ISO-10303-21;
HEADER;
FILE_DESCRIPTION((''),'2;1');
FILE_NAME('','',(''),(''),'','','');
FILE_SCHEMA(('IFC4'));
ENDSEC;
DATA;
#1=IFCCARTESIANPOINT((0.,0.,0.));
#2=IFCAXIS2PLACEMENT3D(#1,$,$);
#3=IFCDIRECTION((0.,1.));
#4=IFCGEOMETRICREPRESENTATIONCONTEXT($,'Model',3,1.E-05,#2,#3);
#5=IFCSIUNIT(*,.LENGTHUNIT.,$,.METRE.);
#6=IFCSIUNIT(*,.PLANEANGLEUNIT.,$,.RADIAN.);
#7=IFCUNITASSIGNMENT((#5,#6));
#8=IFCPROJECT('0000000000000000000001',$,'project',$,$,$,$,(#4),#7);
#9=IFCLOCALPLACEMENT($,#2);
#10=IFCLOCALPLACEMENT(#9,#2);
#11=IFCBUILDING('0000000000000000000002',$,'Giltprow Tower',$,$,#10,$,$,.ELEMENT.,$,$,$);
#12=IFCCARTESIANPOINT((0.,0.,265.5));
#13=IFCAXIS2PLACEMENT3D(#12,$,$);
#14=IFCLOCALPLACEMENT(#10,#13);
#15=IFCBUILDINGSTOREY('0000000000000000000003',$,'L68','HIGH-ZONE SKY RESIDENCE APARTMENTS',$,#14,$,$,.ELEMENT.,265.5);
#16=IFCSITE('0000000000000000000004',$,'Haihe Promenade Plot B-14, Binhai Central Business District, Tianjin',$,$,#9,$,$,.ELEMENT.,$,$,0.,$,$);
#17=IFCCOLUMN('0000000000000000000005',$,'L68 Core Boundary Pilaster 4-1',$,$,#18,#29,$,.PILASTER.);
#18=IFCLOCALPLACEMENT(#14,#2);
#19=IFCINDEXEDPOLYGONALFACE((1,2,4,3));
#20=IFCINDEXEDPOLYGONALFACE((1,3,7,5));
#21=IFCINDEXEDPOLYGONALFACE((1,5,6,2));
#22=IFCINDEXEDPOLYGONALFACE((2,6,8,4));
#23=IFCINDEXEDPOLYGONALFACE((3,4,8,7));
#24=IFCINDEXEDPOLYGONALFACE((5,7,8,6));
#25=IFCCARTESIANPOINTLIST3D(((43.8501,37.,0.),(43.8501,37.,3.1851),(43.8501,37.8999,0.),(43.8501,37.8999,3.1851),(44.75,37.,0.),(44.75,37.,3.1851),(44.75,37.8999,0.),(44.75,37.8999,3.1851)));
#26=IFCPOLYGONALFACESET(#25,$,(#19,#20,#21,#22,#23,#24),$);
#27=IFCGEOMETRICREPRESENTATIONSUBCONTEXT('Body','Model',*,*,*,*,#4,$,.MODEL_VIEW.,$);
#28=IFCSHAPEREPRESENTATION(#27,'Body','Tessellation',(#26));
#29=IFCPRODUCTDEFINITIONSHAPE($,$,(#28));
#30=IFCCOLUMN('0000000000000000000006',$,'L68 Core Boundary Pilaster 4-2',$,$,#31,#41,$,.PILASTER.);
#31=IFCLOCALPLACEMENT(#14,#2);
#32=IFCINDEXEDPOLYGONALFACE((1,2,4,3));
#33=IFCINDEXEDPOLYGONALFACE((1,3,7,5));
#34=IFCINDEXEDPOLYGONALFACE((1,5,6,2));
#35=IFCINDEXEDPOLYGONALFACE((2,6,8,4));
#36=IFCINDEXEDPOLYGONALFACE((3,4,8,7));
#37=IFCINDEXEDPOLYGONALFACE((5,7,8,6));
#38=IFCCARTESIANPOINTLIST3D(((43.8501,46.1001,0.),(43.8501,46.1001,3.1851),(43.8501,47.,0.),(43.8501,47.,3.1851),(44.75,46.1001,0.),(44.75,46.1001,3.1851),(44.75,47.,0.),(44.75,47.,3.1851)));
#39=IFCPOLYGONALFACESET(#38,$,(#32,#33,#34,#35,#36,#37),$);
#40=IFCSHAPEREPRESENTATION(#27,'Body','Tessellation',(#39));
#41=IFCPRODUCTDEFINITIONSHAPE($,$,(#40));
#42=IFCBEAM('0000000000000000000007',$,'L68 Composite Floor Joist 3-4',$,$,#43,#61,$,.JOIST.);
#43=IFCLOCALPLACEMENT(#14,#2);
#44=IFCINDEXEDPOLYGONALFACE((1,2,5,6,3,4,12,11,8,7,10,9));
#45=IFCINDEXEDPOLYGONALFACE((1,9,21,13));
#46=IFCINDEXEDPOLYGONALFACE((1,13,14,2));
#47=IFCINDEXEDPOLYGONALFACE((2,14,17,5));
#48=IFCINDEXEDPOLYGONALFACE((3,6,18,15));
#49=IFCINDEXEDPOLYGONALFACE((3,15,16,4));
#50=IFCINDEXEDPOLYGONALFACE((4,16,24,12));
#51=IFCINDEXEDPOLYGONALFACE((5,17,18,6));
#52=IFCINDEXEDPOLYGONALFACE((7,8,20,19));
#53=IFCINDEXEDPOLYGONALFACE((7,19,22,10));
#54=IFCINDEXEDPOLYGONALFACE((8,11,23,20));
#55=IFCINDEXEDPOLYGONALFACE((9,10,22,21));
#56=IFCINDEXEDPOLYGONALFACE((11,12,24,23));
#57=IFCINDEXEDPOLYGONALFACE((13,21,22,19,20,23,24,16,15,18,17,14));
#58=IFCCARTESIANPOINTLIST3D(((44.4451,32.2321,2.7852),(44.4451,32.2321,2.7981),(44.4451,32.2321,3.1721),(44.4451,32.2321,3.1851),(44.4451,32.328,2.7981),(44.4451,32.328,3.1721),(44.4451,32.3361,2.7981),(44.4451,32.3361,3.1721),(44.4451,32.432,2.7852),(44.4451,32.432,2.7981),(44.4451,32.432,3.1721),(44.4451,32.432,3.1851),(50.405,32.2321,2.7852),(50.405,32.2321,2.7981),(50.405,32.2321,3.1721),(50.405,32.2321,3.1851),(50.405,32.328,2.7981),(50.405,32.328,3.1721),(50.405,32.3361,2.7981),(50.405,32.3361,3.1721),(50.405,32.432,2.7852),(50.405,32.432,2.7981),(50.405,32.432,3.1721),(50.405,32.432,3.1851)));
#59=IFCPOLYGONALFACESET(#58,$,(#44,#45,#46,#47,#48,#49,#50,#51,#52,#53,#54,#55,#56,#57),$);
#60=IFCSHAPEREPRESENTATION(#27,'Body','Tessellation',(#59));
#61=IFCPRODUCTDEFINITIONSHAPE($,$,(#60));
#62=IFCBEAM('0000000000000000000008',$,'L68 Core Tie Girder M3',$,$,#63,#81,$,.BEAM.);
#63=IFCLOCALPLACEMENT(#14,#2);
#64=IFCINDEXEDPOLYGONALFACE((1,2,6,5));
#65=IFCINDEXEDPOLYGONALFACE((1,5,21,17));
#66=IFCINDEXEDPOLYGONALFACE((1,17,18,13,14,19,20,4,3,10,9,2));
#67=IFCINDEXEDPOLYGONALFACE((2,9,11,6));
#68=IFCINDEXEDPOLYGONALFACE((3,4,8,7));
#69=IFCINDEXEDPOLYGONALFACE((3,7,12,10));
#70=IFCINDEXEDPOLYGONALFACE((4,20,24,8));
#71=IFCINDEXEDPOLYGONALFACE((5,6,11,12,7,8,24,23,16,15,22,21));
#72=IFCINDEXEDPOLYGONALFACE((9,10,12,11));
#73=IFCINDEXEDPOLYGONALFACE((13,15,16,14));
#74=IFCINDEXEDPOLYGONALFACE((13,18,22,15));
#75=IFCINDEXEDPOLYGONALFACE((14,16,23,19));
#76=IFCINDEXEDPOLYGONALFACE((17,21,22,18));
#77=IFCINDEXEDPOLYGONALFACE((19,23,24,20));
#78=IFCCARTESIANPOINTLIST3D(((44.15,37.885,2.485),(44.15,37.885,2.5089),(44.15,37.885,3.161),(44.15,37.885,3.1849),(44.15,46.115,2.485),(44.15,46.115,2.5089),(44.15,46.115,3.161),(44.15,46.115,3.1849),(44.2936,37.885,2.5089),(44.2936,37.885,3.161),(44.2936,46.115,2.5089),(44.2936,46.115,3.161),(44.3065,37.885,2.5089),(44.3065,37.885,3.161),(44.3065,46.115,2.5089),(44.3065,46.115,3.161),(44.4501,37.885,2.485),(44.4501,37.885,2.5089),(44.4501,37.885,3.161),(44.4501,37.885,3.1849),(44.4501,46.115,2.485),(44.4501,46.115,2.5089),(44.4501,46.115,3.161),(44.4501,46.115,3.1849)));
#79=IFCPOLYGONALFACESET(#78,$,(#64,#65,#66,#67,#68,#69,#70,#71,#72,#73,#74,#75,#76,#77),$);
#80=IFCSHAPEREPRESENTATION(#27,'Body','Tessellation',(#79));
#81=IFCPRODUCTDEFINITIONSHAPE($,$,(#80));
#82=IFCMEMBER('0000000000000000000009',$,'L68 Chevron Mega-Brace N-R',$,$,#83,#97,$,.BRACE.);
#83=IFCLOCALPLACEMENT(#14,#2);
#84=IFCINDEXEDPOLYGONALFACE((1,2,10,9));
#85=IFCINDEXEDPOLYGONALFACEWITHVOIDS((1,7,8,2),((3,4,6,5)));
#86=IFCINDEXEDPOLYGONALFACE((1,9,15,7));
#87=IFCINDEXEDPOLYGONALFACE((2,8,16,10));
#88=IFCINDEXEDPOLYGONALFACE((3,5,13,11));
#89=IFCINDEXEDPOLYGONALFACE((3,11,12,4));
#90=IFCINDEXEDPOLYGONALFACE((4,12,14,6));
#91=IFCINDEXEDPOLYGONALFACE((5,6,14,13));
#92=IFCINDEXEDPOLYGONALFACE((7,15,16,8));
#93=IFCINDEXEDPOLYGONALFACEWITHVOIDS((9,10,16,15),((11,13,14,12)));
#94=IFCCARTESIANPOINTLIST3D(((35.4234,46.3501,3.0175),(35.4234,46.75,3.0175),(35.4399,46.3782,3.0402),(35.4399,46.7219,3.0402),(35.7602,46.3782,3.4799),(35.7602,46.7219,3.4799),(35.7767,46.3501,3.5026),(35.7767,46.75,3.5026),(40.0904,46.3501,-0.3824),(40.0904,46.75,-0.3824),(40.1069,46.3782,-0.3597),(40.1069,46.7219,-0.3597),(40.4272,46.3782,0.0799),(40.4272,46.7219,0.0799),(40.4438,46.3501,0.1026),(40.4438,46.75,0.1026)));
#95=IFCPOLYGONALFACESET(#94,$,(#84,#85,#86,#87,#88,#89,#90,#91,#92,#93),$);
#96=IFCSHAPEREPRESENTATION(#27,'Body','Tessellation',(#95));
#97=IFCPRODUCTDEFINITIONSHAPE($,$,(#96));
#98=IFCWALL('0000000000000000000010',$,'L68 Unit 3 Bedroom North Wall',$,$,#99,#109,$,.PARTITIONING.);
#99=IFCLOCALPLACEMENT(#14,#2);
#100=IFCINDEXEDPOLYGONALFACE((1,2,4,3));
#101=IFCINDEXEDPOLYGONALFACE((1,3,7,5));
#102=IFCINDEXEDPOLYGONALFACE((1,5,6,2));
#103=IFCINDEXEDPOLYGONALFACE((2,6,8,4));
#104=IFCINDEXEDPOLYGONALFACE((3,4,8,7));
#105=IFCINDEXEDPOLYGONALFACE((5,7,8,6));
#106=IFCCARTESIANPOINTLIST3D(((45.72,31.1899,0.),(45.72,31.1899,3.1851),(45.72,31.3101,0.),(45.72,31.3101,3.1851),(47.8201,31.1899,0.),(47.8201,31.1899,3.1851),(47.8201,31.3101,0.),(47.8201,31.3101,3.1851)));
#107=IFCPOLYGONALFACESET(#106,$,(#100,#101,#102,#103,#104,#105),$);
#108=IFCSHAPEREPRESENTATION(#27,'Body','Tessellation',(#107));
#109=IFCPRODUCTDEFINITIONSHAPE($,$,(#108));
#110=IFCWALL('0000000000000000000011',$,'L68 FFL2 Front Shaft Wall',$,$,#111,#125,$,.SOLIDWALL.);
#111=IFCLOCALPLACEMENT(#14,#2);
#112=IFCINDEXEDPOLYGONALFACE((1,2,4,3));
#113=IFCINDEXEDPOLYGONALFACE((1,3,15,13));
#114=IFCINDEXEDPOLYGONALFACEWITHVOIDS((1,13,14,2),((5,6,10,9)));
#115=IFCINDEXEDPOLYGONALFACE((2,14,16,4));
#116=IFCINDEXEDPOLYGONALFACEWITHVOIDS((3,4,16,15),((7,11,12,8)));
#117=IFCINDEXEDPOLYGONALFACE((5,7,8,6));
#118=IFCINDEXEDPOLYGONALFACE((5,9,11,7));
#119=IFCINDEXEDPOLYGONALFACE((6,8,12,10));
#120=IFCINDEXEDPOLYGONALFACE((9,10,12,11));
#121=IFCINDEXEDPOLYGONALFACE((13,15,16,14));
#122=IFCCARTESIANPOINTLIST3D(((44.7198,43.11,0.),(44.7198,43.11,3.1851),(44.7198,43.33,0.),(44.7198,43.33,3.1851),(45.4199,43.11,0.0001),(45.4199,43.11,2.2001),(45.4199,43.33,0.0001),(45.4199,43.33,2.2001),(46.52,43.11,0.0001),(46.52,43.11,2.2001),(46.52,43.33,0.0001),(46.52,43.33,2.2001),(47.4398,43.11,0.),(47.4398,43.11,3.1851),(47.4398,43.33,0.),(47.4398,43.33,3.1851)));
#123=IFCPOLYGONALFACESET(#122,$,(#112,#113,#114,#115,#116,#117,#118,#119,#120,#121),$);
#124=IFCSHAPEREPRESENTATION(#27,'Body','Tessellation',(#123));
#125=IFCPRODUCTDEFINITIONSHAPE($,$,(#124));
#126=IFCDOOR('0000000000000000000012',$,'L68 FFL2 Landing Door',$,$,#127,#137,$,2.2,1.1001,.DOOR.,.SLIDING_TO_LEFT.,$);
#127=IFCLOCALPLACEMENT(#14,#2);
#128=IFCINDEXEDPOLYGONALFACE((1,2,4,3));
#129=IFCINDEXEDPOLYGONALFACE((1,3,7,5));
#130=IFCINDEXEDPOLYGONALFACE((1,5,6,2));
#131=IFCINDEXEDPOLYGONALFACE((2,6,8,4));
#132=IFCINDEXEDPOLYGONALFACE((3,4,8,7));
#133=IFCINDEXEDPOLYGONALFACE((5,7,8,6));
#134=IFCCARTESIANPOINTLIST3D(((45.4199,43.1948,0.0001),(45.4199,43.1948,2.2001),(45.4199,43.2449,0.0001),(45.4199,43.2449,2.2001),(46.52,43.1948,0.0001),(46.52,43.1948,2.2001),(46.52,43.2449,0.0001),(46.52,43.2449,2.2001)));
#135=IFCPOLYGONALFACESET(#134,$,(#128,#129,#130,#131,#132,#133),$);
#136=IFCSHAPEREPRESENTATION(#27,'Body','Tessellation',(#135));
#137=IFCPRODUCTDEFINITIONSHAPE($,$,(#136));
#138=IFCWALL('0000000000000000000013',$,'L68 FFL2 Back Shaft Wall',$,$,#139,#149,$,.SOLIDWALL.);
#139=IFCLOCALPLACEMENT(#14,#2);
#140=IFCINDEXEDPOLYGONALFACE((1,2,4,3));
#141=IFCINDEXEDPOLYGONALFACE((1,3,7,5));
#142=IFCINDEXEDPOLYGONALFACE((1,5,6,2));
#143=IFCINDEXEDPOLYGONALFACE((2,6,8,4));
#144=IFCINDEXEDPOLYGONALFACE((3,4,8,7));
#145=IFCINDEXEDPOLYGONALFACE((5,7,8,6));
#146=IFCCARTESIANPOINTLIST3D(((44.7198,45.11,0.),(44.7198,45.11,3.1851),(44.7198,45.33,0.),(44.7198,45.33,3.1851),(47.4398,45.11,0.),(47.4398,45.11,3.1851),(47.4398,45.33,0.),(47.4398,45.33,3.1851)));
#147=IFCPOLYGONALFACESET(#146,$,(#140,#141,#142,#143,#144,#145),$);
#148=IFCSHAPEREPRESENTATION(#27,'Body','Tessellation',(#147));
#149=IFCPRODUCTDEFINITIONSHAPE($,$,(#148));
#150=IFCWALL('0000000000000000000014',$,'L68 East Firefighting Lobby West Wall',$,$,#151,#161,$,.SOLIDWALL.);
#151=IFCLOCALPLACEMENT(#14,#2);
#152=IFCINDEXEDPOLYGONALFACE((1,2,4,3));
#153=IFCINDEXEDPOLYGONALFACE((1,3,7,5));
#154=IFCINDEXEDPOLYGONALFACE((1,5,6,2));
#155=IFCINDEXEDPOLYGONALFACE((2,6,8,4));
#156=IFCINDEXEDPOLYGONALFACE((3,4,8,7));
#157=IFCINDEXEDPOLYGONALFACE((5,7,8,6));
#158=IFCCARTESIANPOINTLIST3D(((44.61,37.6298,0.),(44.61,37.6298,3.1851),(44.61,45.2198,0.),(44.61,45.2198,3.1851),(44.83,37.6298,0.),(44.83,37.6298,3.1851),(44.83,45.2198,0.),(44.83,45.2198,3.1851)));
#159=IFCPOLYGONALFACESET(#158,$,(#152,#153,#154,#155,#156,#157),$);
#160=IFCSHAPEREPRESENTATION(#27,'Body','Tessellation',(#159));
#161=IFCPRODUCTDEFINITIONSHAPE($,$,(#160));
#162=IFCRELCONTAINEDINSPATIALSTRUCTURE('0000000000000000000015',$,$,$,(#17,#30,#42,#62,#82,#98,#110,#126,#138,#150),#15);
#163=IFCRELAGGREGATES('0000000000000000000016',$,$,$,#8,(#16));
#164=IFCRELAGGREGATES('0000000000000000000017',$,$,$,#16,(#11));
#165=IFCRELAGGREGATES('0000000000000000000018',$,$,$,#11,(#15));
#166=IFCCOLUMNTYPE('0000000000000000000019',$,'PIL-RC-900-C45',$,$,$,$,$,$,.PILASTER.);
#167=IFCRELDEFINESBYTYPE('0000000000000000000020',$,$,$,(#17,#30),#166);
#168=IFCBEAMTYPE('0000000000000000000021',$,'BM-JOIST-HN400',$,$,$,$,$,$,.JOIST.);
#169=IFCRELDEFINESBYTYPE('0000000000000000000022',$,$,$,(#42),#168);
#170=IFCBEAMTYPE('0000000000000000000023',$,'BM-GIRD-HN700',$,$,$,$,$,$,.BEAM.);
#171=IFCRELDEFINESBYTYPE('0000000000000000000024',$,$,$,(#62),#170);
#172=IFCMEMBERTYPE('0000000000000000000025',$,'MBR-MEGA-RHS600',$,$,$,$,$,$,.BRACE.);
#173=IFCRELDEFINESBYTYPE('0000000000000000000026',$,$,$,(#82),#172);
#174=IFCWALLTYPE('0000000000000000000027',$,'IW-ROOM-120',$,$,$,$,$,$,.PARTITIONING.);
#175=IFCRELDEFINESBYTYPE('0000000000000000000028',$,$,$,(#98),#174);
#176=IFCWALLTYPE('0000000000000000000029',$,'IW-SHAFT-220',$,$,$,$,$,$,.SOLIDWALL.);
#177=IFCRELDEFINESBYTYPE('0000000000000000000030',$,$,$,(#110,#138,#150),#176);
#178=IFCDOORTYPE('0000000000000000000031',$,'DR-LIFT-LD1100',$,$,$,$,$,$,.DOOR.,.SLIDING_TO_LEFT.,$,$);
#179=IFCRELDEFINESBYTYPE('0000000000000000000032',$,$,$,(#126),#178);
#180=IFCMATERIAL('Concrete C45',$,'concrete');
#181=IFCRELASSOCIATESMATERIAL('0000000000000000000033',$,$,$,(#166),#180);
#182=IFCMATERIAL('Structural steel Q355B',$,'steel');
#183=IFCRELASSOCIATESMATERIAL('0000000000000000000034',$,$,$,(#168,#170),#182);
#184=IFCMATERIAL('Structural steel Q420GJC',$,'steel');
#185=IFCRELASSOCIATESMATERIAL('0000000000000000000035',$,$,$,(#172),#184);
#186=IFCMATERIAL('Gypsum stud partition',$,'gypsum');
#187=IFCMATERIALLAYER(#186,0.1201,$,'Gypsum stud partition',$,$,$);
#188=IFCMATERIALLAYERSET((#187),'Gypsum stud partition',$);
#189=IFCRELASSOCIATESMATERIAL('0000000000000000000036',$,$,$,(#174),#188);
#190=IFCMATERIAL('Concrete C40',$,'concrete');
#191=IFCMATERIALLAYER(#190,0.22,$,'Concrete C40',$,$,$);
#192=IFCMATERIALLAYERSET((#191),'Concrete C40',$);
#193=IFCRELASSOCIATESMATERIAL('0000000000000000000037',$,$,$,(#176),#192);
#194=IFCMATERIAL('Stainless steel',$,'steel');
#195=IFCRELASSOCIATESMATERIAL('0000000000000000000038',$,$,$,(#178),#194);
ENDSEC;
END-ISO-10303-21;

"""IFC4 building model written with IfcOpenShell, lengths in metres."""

from ifc_helpers import new_model, si_unit, direction, frame, frame_2d, origin, origin_2d, place, context, subcontext, project, spatial, rectangle, hollow_rectangle, i_section, extrude, source, transform, mapped, material, layer, layer_set, material_profile, profile_set, type_object, element, fill, save


model = new_model("IFC4")

# Units and contexts
model_context = context("Model", 3, precision=1e-05, world=origin(), true_north=direction((0.0, 1.0)))
body_context = subcontext(model_context, "Body", "Model", "MODEL_VIEW")
ifc_project = project(units=[si_unit("LENGTHUNIT", "METRE"), si_unit("PLANEANGLEUNIT", "RADIAN")], contexts=[model_context])

# Site, building, storey
site_placement = place(None, origin())
site = spatial("IfcSite", under=ifc_project, at=site_placement, Name="Haihe Promenade Plot B-14, Binhai Central Business District, Tianjin", CompositionType="ELEMENT", RefElevation=0.0)
building_placement = place(site_placement, origin())
building = spatial("IfcBuilding", under=site, at=building_placement, Name="Giltprow Tower", CompositionType="ELEMENT")
storey_placement = place(building_placement, frame((0.0, 0.0, 265.5)))
storey = spatial("IfcBuildingStorey", under=building, at=storey_placement, Name="L68", Description="HIGH-ZONE SKY RESIDENCE APARTMENTS", CompositionType="ELEMENT", Elevation=265.5)

# Columns
ifc_material_1 = material(Name="Concrete C45", Category="concrete")
ifc_material_profile_1 = material_profile(ifc_material_1, rectangle(XDim=0.8999, YDim=0.8999, at=origin_2d()), Name="RC 900x900")
ifc_profile_set_1 = profile_set([ifc_material_profile_1], Name="Concrete C45")
column_type = type_object("IfcColumnType", Name="PIL-RC-900-C45", PredefinedType="PILASTER", material=ifc_profile_set_1)
shared_shape_1 = source(origin(), body_context, "Body", "SweptSolid", [
    extrude(rectangle(XDim=0.8999, YDim=0.8999, at=origin_2d()), origin(), (0.0, 0.0, 1.0), 3.1851),
])
for number, where, z_axis, x_axis, name in (
    (1, (44.3, 37.45, 0.0), (0.0, 0.0, 1.0), (1.0, 0.0, 0.0), "L68 Core Boundary Pilaster 4-1"),
    (2, (44.3, 46.55, 0.0), (0.0, 0.0, 1.0), (1.0, 0.0, 0.0), "L68 Core Boundary Pilaster 4-2"),
):
    element("IfcColumn", number, at=place(storey_placement, frame(where, z_axis=z_axis, x_axis=x_axis)), inside=storey, type_object=column_type, Name=name, PredefinedType="PILASTER", context=body_context, shape_type="MappedRepresentation", body=[
        mapped(shared_shape_1, transform((0.0, 0.0, 0.0), x_axis=(1.0, 0.0, 0.0), y_axis=(0.0, 1.0, 0.0), z_axis=(0.0, 0.0, 1.0), scale=1.0)),
    ])

# Beams
ifc_material_2 = material(Name="Structural steel Q355B", Category="steel")
ifc_material_profile_2 = material_profile(ifc_material_2, i_section(OverallWidth=0.2, OverallDepth=0.3999, WebThickness=0.0081, FlangeThickness=0.0129, at=origin_2d()), Name="HN 400x200x8x13")
ifc_profile_set_2 = profile_set([ifc_material_profile_2], Name="Structural steel Q355B")
beam_type_1 = type_object("IfcBeamType", Name="BM-JOIST-HN400", PredefinedType="JOIST", material=ifc_profile_set_2)
shared_shape_2 = source(origin(), body_context, "Body", "SweptSolid", [
    extrude(i_section(OverallWidth=0.2, OverallDepth=0.3999, WebThickness=0.0081, FlangeThickness=0.0129, at=origin_2d()), origin(), (0.0, 0.0, 1.0), 5.96),
])
beam_1_placement = place(storey_placement, frame((44.4451, 32.332, 2.9851), z_axis=(1.0, 0.0, 0.0), x_axis=(0.0, 1.0, 0.0)))
element("IfcBeam", 3, at=beam_1_placement, inside=storey, type_object=beam_type_1, Name="L68 Composite Floor Joist 3-4", PredefinedType="JOIST", context=body_context, shape_type="MappedRepresentation", body=[
    mapped(shared_shape_2, transform((0.0, 0.0, 0.0), x_axis=(1.0, 0.0, 0.0), y_axis=(0.0, 1.0, 0.0), z_axis=(0.0, 0.0, 1.0), scale=1.0)),
])
ifc_material_profile_3 = material_profile(ifc_material_2, i_section(OverallWidth=0.3, OverallDepth=0.7, WebThickness=0.0129, FlangeThickness=0.0239, at=origin_2d()), Name="HN 700x300x13x24")
ifc_profile_set_3 = profile_set([ifc_material_profile_3], Name="Structural steel Q355B")
beam_type_2 = type_object("IfcBeamType", Name="BM-GIRD-HN700", PredefinedType="BEAM", material=ifc_profile_set_3)
shared_shape_3 = source(origin(), body_context, "Body", "SweptSolid", [
    extrude(i_section(OverallWidth=0.3, OverallDepth=0.7, WebThickness=0.0129, FlangeThickness=0.0239, at=origin_2d()), origin(), (0.0, 0.0, 1.0), 8.23),
])
beam_2_placement = place(storey_placement, frame((44.3, 37.885, 2.835), z_axis=(0.0, 1.0, 0.0), x_axis=(-1.0, 0.0, 0.0)))
element("IfcBeam", 4, at=beam_2_placement, inside=storey, type_object=beam_type_2, Name="L68 Core Tie Girder M3", PredefinedType="BEAM", context=body_context, shape_type="MappedRepresentation", body=[
    mapped(shared_shape_3, transform((0.0, 0.0, 0.0), x_axis=(1.0, 0.0, 0.0), y_axis=(0.0, 1.0, 0.0), z_axis=(0.0, 0.0, 1.0), scale=1.0)),
])

# Member
ifc_material_3 = material(Name="Structural steel Q420GJC", Category="steel")
ifc_material_profile_4 = material_profile(ifc_material_3, hollow_rectangle(XDim=0.3999, YDim=0.6001, WallThickness=0.0281, at=origin_2d()), Name="RHS 600x400x28")
ifc_profile_set_4 = profile_set([ifc_material_profile_4], Name="Structural steel Q420GJC")
member_type = type_object("IfcMemberType", Name="MBR-MEGA-RHS600", PredefinedType="BRACE", material=ifc_profile_set_4)
shared_shape_4 = source(origin(), body_context, "Body", "SweptSolid", [
    extrude(hollow_rectangle(XDim=0.3999, YDim=0.6001, WallThickness=0.0281, at=origin_2d()), origin(), (0.0, 0.0, 1.0), 5.7742),
])
member_placement = place(storey_placement, frame((40.2671, 46.55, -0.1399), z_axis=(-0.808264, 0.0, 0.58882), x_axis=(0.0, -1.0, 0.0)))
element("IfcMember", 5, at=member_placement, inside=storey, type_object=member_type, Name="L68 Chevron Mega-Brace N-R", PredefinedType="BRACE", context=body_context, shape_type="MappedRepresentation", body=[
    mapped(shared_shape_4, transform((0.0, 0.0, 0.0), x_axis=(1.0, 0.0, 0.0), y_axis=(0.0, 1.0, 0.0), z_axis=(0.0, 0.0, 1.0), scale=1.0)),
])

# Wall
ifc_material_4 = material(Name="Gypsum stud partition", Category="gypsum")
ifc_layer_1 = layer(ifc_material_4, 0.1201, Name="Gypsum stud partition")
ifc_layer_set_1 = layer_set([ifc_layer_1], Name="Gypsum stud partition")
wall_type_1 = type_object("IfcWallType", Name="IW-ROOM-120", PredefinedType="PARTITIONING", material=ifc_layer_set_1)
wall_1_placement = place(storey_placement, frame((45.72, 31.25, 0.0), z_axis=(0.0, 0.0, 1.0), x_axis=(1.0, 0.0, 0.0)))
element("IfcWall", 6, at=wall_1_placement, inside=storey, type_object=wall_type_1, Name="L68 Unit 3 Bedroom North Wall", PredefinedType="PARTITIONING", context=body_context, shape_type="SweptSolid", body=[
    extrude(rectangle(XDim=2.1001, YDim=0.1201, at=frame_2d((1.05, 0.0))), origin(), (0.0, 0.0, 1.0), 3.1851),
])

# Wall, opening, door
ifc_material_5 = material(Name="Concrete C40", Category="concrete")
ifc_layer_2 = layer(ifc_material_5, 0.22, Name="Concrete C40")
ifc_layer_set_2 = layer_set([ifc_layer_2], Name="Concrete C40")
wall_type_2 = type_object("IfcWallType", Name="IW-SHAFT-220", PredefinedType="SOLIDWALL", material=ifc_layer_set_2)
wall_2_placement = place(storey_placement, frame((44.72, 43.22, 0.0), z_axis=(0.0, 0.0, 1.0), x_axis=(1.0, 0.0, 0.0)))
wall_2 = element("IfcWall", 7, at=wall_2_placement, inside=storey, type_object=wall_type_2, Name="L68 FFL2 Front Shaft Wall", PredefinedType="SOLIDWALL", context=body_context, shape_type="SweptSolid", body=[
    extrude(rectangle(XDim=2.72, YDim=0.22, at=frame_2d((1.3599, 0.0))), origin(), (0.0, 0.0, 1.0), 3.1851),
])
opening_1_placement = place(wall_2_placement, frame((0.7, 0.0, 0.0)))
opening_1 = element("IfcOpeningElement", 8, at=opening_1_placement, cuts=wall_2, PredefinedType="OPENING", context=body_context, shape_type="SweptSolid", body=[
    extrude(rectangle(XDim=1.1001, YDim=2.2, at=frame_2d((0.55, 1.1001))), frame((0.0, 0.1199, 0.0), z_axis=(0.0, -1.0, 0.0), x_axis=(1.0, 0.0, 0.0)), (0.0, 0.0, 1.0), 0.24),
])
ifc_material_6 = material(Name="Stainless steel", Category="steel")
door_type_1 = type_object("IfcDoorType", Name="DR-LIFT-LD1100", OperationType="SLIDING_TO_LEFT", PredefinedType="DOOR", material=ifc_material_6)
shared_shape_5 = source(origin(), body_context, "Body", "SweptSolid", [
    extrude(rectangle(XDim=1.1001, YDim=2.2, at=frame_2d((0.55, 1.1001))), frame((0.0, 0.0249, 0.0), z_axis=(0.0, -1.0, 0.0), x_axis=(1.0, 0.0, 0.0)), (0.0, 0.0, 1.0), 0.05),
])
door_1_placement = place(opening_1_placement, origin())
door_1 = element("IfcDoor", 9, at=door_1_placement, inside=storey, type_object=door_type_1, Name="L68 FFL2 Landing Door", OperationType="SLIDING_TO_LEFT", OverallHeight=2.2, OverallWidth=1.1001, PredefinedType="DOOR", context=body_context, shape_type="MappedRepresentation", body=[
    mapped(shared_shape_5, transform((0.0, 0.0, 0.0), x_axis=(1.0, 0.0, 0.0), y_axis=(0.0, 1.0, 0.0), z_axis=(0.0, 0.0, 1.0), scale=1.0)),
])
fill(opening_1, door_1)

# Walls
wall_3_placement = place(storey_placement, frame((44.72, 45.22, 0.0), z_axis=(0.0, 0.0, 1.0), x_axis=(1.0, 0.0, 0.0)))
element("IfcWall", 10, at=wall_3_placement, inside=storey, type_object=wall_type_2, Name="L68 FFL2 Back Shaft Wall", PredefinedType="SOLIDWALL", context=body_context, shape_type="SweptSolid", body=[
    extrude(rectangle(XDim=2.72, YDim=0.22, at=frame_2d((1.3599, 0.0))), origin(), (0.0, 0.0, 1.0), 3.1851),
])
wall_4_placement = place(storey_placement, frame((44.72, 37.6299, 0.0), z_axis=(0.0, 0.0, 1.0), x_axis=(0.0, 1.0, 0.0)))
element("IfcWall", 11, at=wall_4_placement, inside=storey, type_object=wall_type_2, Name="L68 East Firefighting Lobby West Wall", PredefinedType="SOLIDWALL", context=body_context, shape_type="SweptSolid", body=[
    extrude(rectangle(XDim=7.5901, YDim=0.22, at=frame_2d((3.7949, 0.0))), origin(), (0.0, 0.0, 1.0), 3.1851),
])

save(model, "model.ifc")
